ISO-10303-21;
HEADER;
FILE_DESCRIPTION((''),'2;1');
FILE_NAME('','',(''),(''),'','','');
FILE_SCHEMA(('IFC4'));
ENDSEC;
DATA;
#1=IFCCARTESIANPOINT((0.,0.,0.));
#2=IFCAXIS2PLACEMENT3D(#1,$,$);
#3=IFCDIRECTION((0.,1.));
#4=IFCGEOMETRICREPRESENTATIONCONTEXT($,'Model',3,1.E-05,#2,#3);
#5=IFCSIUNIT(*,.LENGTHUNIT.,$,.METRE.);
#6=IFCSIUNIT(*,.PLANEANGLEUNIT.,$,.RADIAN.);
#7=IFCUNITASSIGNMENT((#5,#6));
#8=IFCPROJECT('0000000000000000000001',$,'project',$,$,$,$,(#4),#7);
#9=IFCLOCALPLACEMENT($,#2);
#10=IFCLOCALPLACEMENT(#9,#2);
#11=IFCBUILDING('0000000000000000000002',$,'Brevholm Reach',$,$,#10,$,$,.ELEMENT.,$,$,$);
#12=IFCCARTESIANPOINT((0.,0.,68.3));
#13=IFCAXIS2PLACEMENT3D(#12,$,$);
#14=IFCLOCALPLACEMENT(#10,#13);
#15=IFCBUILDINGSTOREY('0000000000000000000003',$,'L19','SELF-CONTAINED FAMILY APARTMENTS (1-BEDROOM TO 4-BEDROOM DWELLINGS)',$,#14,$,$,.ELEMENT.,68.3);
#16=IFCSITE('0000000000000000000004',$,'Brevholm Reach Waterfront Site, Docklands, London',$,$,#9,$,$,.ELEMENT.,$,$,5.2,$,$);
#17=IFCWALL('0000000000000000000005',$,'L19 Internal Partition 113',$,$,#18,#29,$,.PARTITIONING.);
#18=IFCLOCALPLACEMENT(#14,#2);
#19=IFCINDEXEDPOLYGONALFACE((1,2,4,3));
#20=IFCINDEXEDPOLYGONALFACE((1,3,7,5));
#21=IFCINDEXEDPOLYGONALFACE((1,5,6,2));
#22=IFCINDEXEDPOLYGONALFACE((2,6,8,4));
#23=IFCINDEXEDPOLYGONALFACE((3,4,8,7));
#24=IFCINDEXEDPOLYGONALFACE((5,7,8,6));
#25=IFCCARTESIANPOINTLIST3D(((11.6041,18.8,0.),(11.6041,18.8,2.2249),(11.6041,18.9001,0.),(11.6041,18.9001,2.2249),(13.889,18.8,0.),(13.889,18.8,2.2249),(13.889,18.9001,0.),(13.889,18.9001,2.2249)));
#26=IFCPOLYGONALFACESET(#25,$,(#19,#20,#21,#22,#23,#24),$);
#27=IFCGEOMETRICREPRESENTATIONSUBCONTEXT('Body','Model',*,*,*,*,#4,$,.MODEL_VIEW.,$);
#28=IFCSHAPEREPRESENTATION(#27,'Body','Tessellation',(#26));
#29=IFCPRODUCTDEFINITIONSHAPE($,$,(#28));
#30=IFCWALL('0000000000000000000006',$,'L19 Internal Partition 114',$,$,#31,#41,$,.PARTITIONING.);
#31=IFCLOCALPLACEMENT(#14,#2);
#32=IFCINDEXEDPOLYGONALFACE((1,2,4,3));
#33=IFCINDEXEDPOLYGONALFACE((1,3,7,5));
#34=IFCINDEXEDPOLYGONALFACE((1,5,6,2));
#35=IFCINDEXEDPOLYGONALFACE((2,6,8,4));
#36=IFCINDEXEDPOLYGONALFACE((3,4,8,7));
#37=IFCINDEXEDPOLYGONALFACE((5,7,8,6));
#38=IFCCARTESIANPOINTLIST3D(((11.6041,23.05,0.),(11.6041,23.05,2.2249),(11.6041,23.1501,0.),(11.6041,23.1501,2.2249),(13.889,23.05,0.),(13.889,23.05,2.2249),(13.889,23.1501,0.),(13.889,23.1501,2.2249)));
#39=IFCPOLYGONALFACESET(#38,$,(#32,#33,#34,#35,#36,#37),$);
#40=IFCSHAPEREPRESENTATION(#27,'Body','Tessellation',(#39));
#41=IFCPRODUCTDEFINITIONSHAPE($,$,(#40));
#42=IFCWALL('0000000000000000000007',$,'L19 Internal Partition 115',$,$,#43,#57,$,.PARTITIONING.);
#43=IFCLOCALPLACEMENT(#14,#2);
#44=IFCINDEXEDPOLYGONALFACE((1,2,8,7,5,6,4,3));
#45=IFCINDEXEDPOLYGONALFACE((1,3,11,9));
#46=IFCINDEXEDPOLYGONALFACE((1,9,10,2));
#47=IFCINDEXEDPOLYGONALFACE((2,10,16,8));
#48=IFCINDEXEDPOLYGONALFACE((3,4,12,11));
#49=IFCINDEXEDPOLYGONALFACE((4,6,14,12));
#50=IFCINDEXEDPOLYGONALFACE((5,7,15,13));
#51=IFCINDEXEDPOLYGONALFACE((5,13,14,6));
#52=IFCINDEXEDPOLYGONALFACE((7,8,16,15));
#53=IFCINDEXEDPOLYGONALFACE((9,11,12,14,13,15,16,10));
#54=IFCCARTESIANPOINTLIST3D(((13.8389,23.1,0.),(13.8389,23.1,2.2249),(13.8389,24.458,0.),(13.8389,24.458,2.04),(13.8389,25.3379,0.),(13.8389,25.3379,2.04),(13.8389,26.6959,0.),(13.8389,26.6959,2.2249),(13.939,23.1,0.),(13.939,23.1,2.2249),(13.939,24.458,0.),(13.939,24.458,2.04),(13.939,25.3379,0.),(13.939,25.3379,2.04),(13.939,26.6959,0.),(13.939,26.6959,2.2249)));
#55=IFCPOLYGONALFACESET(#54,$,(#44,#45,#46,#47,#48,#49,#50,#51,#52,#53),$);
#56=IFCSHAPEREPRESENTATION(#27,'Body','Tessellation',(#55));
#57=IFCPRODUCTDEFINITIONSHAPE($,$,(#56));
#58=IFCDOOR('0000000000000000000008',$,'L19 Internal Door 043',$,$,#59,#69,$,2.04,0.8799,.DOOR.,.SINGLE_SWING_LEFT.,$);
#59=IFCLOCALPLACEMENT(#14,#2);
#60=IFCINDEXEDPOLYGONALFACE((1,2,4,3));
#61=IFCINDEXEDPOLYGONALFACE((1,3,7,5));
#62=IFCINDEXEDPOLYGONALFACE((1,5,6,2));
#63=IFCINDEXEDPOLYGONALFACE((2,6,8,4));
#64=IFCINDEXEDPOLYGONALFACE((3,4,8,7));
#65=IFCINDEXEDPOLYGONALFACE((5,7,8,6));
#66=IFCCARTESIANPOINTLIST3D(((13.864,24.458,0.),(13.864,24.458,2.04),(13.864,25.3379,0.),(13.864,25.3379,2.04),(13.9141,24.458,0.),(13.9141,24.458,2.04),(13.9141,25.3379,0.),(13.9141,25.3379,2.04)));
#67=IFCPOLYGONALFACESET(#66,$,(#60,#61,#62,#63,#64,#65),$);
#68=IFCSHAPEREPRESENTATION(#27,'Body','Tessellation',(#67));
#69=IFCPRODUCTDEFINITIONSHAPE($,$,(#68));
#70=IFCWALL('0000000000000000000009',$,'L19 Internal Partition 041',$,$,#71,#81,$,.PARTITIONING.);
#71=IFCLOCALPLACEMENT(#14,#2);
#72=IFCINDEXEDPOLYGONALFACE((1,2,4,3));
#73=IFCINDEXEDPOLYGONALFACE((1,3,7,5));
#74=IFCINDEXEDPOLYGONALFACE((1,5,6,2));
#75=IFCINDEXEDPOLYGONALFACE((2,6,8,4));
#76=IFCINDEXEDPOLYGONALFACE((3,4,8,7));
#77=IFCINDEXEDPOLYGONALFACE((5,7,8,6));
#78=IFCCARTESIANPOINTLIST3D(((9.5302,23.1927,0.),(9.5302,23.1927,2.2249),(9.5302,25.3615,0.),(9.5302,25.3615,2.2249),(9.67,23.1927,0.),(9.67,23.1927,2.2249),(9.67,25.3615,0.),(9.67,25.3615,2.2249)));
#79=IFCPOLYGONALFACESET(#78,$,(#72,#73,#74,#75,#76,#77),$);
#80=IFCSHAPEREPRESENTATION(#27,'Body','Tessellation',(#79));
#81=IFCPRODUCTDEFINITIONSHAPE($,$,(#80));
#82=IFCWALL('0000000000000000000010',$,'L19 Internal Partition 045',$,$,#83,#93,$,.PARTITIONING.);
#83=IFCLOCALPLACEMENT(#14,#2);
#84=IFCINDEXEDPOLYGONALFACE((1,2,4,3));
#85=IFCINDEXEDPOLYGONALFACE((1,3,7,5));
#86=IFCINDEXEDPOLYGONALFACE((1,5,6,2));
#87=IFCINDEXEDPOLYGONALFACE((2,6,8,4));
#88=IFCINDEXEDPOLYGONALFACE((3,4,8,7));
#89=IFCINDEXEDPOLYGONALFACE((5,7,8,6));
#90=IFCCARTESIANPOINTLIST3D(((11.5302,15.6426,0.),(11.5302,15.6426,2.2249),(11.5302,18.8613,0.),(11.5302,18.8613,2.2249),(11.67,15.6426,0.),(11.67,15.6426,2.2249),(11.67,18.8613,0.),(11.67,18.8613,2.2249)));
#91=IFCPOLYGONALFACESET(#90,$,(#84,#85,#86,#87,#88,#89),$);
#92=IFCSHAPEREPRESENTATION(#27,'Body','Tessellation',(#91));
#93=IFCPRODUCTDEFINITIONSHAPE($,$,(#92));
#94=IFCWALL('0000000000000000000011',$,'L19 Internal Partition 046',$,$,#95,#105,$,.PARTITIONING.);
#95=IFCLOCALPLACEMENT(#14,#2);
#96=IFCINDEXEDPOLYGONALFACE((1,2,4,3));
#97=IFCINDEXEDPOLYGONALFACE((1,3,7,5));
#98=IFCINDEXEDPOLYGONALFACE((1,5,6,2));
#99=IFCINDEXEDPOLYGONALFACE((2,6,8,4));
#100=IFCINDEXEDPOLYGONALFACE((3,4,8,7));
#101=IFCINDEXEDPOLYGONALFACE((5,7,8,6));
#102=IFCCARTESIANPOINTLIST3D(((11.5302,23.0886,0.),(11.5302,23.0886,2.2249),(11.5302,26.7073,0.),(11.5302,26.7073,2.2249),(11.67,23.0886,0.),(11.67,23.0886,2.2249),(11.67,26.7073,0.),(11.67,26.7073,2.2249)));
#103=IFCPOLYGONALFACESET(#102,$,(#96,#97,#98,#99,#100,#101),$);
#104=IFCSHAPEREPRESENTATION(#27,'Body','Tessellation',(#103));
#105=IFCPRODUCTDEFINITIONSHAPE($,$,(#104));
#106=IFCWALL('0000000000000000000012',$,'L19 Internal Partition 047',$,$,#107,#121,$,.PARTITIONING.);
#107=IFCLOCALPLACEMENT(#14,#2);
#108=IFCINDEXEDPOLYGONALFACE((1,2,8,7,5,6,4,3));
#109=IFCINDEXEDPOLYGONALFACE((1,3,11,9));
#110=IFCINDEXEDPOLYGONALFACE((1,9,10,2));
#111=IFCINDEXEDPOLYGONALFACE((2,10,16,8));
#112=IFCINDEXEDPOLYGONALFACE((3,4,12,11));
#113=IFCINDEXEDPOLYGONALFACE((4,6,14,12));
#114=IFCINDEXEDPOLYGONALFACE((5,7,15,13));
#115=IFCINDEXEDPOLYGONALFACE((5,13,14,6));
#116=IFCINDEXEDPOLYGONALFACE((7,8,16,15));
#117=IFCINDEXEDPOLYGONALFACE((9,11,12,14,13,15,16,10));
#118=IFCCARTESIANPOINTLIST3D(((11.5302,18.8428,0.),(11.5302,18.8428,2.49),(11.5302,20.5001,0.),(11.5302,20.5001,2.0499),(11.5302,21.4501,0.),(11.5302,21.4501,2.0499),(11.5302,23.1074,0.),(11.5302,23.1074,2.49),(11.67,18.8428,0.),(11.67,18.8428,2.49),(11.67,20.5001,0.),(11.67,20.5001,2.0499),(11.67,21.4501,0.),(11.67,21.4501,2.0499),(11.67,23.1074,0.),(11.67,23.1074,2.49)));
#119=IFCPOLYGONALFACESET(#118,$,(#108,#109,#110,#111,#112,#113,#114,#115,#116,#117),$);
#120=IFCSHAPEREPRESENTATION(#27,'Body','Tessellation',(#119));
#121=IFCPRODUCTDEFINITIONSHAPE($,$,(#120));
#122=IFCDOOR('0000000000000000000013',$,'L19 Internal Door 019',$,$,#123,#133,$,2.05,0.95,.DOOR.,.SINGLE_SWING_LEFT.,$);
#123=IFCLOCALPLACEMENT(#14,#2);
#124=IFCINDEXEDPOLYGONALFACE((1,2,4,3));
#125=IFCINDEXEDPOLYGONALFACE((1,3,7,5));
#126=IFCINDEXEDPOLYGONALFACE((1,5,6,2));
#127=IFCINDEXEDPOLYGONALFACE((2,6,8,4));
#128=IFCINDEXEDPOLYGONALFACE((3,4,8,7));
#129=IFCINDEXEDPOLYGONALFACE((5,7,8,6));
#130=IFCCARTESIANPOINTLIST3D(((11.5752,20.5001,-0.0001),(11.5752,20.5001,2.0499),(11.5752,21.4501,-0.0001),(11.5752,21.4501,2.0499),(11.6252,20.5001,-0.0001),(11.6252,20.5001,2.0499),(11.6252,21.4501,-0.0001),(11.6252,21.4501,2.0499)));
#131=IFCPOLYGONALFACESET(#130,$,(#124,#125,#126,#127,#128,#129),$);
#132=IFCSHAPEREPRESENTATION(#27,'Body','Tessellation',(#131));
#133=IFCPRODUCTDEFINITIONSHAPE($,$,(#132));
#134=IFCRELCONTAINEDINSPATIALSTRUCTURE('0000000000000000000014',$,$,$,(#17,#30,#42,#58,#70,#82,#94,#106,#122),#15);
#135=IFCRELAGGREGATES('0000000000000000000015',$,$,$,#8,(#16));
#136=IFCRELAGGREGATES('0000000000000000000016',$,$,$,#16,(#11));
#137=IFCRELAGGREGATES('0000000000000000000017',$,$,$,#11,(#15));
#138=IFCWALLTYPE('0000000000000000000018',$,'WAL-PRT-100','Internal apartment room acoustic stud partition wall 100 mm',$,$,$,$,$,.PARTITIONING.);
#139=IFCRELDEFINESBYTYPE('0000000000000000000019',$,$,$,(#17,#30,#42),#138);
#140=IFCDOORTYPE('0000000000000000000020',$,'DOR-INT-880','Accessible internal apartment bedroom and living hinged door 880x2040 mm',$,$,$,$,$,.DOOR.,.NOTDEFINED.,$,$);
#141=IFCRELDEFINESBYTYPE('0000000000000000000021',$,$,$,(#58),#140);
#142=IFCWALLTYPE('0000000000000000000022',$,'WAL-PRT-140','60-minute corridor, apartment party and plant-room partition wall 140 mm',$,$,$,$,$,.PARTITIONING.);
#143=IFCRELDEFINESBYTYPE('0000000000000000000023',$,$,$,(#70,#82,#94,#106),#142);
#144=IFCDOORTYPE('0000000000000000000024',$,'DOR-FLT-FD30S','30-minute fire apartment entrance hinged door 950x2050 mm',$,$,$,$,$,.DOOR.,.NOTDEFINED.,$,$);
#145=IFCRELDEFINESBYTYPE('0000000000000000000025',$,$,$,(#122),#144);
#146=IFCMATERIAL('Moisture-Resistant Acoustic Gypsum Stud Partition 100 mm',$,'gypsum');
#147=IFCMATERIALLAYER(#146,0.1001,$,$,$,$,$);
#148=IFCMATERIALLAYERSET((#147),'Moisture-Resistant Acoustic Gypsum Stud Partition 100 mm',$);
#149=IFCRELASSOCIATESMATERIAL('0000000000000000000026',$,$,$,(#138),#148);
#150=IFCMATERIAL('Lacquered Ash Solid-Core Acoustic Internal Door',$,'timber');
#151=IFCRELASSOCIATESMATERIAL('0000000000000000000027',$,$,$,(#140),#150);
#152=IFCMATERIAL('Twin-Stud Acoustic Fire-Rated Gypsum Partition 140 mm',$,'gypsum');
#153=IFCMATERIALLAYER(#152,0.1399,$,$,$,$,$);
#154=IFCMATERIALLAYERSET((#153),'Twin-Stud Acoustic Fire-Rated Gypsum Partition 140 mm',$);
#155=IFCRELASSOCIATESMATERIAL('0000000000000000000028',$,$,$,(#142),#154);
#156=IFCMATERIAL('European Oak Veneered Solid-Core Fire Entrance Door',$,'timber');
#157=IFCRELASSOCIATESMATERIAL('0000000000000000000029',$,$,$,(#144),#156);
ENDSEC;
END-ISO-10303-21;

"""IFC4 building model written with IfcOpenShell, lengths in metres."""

from ifc_helpers import new_model, si_unit, direction, frame, frame_2d, origin, place, context, subcontext, project, spatial, rectangle, extrude, material, layer, layer_set, type_object, element, fill, save


model = new_model("IFC4")

# Units and contexts
model_context = context("Model", 3, precision=1e-05, world=origin(), true_north=direction((0.0, 1.0)))
body_context = subcontext(model_context, "Body", "Model", "MODEL_VIEW")
ifc_project = project(units=[si_unit("LENGTHUNIT", "METRE"), si_unit("PLANEANGLEUNIT", "RADIAN")], contexts=[model_context])

# Site, building, storey
site_placement = place(None, origin())
site = spatial("IfcSite", under=ifc_project, at=site_placement, Name="Brevholm Reach Waterfront Site, Docklands, London", CompositionType="ELEMENT", RefElevation=5.2)
building_placement = place(site_placement, origin())
building = spatial("IfcBuilding", under=site, at=building_placement, Name="Brevholm Reach", CompositionType="ELEMENT")
storey_placement = place(building_placement, frame((0.0, 0.0, 68.3)))
storey = spatial("IfcBuildingStorey", under=building, at=storey_placement, Name="L19", Description="SELF-CONTAINED FAMILY APARTMENTS (1-BEDROOM TO 4-BEDROOM DWELLINGS)", CompositionType="ELEMENT", Elevation=68.3)

# Shared definitions
ifc_material_1 = material(Name="Moisture-Resistant Acoustic Gypsum Stud Partition 100 mm", Category="gypsum")
ifc_layer_1 = layer(ifc_material_1, 0.1001)
ifc_layer_set_1 = layer_set([ifc_layer_1], Name="Moisture-Resistant Acoustic Gypsum Stud Partition 100 mm")
wall_type_1 = type_object("IfcWallType", Name="WAL-PRT-100", Description="Internal apartment room acoustic stud partition wall 100 mm", PredefinedType="PARTITIONING", material=ifc_layer_set_1)

# Shared definitions
ifc_material_2 = material(Name="Lacquered Ash Solid-Core Acoustic Internal Door", Category="timber")
door_type_1 = type_object("IfcDoorType", Name="DOR-INT-880", Description="Accessible internal apartment bedroom and living hinged door 880x2040 mm", OperationType="NOTDEFINED", PredefinedType="DOOR", material=ifc_material_2)

# Walls
for number, where, z_axis, x_axis, name in (
    (1, (11.604, 18.8501, 0.0), (0.0, 0.0, 1.0), (1.0, 0.0, 0.0), "L19 Internal Partition 113"),
    (2, (11.604, 23.1001, 0.0), (0.0, 0.0, 1.0), (1.0, 0.0, 0.0), "L19 Internal Partition 114"),
):
    element("IfcWall", number, at=place(storey_placement, frame(where, z_axis=z_axis, x_axis=x_axis)), inside=storey, type_object=wall_type_1, Name=name, PredefinedType="PARTITIONING", context=body_context, shape_type="SweptSolid", body=[
        extrude(rectangle(XDim=2.2849, YDim=0.1001, at=frame_2d((1.1426, 0.0))), origin(), (0.0, 0.0, 1.0), 2.2249),
    ])

# Wall, opening, door
wall_1_placement = place(storey_placement, frame((13.8889, 23.1001, 0.0), z_axis=(0.0, 0.0, 1.0), x_axis=(0.0, 1.0, 0.0)))
wall_1 = element("IfcWall", 3, at=wall_1_placement, inside=storey, type_object=wall_type_1, Name="L19 Internal Partition 115", PredefinedType="PARTITIONING", context=body_context, shape_type="SweptSolid", body=[
    extrude(rectangle(XDim=3.5959, YDim=0.1001, at=frame_2d((1.7979, 0.0))), origin(), (0.0, 0.0, 1.0), 2.2249),
])
opening_1_placement = place(wall_1_placement, frame((1.3579, 0.0, 0.0)))
opening_1 = element("IfcOpeningElement", 4, at=opening_1_placement, cuts=wall_1, PredefinedType="OPENING", context=body_context, shape_type="SweptSolid", body=[
    extrude(rectangle(XDim=0.8799, YDim=2.04, at=frame_2d((0.4399, 1.02))), frame((0.0, 0.0601, 0.0), z_axis=(0.0, -1.0, 0.0), x_axis=(1.0, 0.0, 0.0)), (0.0, 0.0, 1.0), 0.1201),
])
door_1_placement = place(opening_1_placement, origin())
door_1 = element("IfcDoor", 5, at=door_1_placement, inside=storey, type_object=door_type_1, Name="L19 Internal Door 043", OperationType="SINGLE_SWING_LEFT", OverallHeight=2.04, OverallWidth=0.8799, PredefinedType="DOOR", context=body_context, shape_type="SweptSolid", body=[
    extrude(rectangle(XDim=0.8799, YDim=2.04, at=frame_2d((0.4399, 1.02))), frame((0.0, 0.0249, 0.0), z_axis=(0.0, -1.0, 0.0), x_axis=(1.0, 0.0, 0.0)), (0.0, 0.0, 1.0), 0.05),
])
fill(opening_1, door_1)

# Walls
ifc_material_3 = material(Name="Twin-Stud Acoustic Fire-Rated Gypsum Partition 140 mm", Category="gypsum")
ifc_layer_2 = layer(ifc_material_3, 0.1399)
ifc_layer_set_2 = layer_set([ifc_layer_2], Name="Twin-Stud Acoustic Fire-Rated Gypsum Partition 140 mm")
wall_type_2 = type_object("IfcWallType", Name="WAL-PRT-140", Description="60-minute corridor, apartment party and plant-room partition wall 140 mm", PredefinedType="PARTITIONING", material=ifc_layer_set_2)
wall_2_placement = place(storey_placement, frame((9.6001, 23.1926, 0.0), z_axis=(0.0, 0.0, 1.0), x_axis=(0.0, 1.0, 0.0)))
element("IfcWall", 6, at=wall_2_placement, inside=storey, type_object=wall_type_2, Name="L19 Internal Partition 041", PredefinedType="PARTITIONING", context=body_context, shape_type="SweptSolid", body=[
    extrude(rectangle(XDim=2.1687, YDim=0.1399, at=frame_2d((1.0845, 0.0))), origin(), (0.0, 0.0, 1.0), 2.2249),
])
wall_3_placement = place(storey_placement, frame((11.6001, 15.6426, 0.0), z_axis=(0.0, 0.0, 1.0), x_axis=(0.0, 1.0, 0.0)))
element("IfcWall", 7, at=wall_3_placement, inside=storey, type_object=wall_type_2, Name="L19 Internal Partition 045", PredefinedType="PARTITIONING", context=body_context, shape_type="SweptSolid", body=[
    extrude(rectangle(XDim=3.2188, YDim=0.1399, at=frame_2d((1.6094, 0.0))), origin(), (0.0, 0.0, 1.0), 2.2249),
])
wall_4_placement = place(storey_placement, frame((11.6001, 23.0886, 0.0), z_axis=(0.0, 0.0, 1.0), x_axis=(0.0, 1.0, 0.0)))
element("IfcWall", 8, at=wall_4_placement, inside=storey, type_object=wall_type_2, Name="L19 Internal Partition 046", PredefinedType="PARTITIONING", context=body_context, shape_type="SweptSolid", body=[
    extrude(rectangle(XDim=3.6187, YDim=0.1399, at=frame_2d((1.8093, 0.0))), origin(), (0.0, 0.0, 1.0), 2.2249),
])

# Wall, opening, door
wall_5_placement = place(storey_placement, frame((11.6001, 18.8428, 0.0), z_axis=(0.0, 0.0, 1.0), x_axis=(0.0, 1.0, 0.0)))
wall_5 = element("IfcWall", 9, at=wall_5_placement, inside=storey, type_object=wall_type_2, Name="L19 Internal Partition 047", PredefinedType="PARTITIONING", context=body_context, shape_type="SweptSolid", body=[
    extrude(rectangle(XDim=4.2646, YDim=0.1399, at=frame_2d((2.1323, 0.0))), origin(), (0.0, 0.0, 1.0), 2.49),
])
opening_2_placement = place(wall_5_placement, frame((1.6572, 0.0, 0.0)))
opening_2 = element("IfcOpeningElement", 10, at=opening_2_placement, cuts=wall_5, PredefinedType="OPENING", context=body_context, shape_type="SweptSolid", body=[
    extrude(rectangle(XDim=0.95, YDim=2.05, at=frame_2d((0.4751, 1.0249))), frame((0.0, 0.0798, 0.0), z_axis=(0.0, -1.0, 0.0), x_axis=(1.0, 0.0, 0.0)), (0.0, 0.0, 1.0), 0.1599),
])
ifc_material_4 = material(Name="European Oak Veneered Solid-Core Fire Entrance Door", Category="timber")
door_type_2 = type_object("IfcDoorType", Name="DOR-FLT-FD30S", Description="30-minute fire apartment entrance hinged door 950x2050 mm", OperationType="NOTDEFINED", PredefinedType="DOOR", material=ifc_material_4)
door_2_placement = place(opening_2_placement, origin())
door_2 = element("IfcDoor", 11, at=door_2_placement, inside=storey, type_object=door_type_2, Name="L19 Internal Door 019", OperationType="SINGLE_SWING_LEFT", OverallHeight=2.05, OverallWidth=0.95, PredefinedType="DOOR", context=body_context, shape_type="SweptSolid", body=[
    extrude(rectangle(XDim=0.95, YDim=2.05, at=frame_2d((0.4751, 1.0249))), frame((0.0, 0.0249, 0.0), z_axis=(0.0, -1.0, 0.0), x_axis=(1.0, 0.0, 0.0)), (0.0, 0.0, 1.0), 0.05),
])
fill(opening_2, door_2)

save(model, "model.ifc")
